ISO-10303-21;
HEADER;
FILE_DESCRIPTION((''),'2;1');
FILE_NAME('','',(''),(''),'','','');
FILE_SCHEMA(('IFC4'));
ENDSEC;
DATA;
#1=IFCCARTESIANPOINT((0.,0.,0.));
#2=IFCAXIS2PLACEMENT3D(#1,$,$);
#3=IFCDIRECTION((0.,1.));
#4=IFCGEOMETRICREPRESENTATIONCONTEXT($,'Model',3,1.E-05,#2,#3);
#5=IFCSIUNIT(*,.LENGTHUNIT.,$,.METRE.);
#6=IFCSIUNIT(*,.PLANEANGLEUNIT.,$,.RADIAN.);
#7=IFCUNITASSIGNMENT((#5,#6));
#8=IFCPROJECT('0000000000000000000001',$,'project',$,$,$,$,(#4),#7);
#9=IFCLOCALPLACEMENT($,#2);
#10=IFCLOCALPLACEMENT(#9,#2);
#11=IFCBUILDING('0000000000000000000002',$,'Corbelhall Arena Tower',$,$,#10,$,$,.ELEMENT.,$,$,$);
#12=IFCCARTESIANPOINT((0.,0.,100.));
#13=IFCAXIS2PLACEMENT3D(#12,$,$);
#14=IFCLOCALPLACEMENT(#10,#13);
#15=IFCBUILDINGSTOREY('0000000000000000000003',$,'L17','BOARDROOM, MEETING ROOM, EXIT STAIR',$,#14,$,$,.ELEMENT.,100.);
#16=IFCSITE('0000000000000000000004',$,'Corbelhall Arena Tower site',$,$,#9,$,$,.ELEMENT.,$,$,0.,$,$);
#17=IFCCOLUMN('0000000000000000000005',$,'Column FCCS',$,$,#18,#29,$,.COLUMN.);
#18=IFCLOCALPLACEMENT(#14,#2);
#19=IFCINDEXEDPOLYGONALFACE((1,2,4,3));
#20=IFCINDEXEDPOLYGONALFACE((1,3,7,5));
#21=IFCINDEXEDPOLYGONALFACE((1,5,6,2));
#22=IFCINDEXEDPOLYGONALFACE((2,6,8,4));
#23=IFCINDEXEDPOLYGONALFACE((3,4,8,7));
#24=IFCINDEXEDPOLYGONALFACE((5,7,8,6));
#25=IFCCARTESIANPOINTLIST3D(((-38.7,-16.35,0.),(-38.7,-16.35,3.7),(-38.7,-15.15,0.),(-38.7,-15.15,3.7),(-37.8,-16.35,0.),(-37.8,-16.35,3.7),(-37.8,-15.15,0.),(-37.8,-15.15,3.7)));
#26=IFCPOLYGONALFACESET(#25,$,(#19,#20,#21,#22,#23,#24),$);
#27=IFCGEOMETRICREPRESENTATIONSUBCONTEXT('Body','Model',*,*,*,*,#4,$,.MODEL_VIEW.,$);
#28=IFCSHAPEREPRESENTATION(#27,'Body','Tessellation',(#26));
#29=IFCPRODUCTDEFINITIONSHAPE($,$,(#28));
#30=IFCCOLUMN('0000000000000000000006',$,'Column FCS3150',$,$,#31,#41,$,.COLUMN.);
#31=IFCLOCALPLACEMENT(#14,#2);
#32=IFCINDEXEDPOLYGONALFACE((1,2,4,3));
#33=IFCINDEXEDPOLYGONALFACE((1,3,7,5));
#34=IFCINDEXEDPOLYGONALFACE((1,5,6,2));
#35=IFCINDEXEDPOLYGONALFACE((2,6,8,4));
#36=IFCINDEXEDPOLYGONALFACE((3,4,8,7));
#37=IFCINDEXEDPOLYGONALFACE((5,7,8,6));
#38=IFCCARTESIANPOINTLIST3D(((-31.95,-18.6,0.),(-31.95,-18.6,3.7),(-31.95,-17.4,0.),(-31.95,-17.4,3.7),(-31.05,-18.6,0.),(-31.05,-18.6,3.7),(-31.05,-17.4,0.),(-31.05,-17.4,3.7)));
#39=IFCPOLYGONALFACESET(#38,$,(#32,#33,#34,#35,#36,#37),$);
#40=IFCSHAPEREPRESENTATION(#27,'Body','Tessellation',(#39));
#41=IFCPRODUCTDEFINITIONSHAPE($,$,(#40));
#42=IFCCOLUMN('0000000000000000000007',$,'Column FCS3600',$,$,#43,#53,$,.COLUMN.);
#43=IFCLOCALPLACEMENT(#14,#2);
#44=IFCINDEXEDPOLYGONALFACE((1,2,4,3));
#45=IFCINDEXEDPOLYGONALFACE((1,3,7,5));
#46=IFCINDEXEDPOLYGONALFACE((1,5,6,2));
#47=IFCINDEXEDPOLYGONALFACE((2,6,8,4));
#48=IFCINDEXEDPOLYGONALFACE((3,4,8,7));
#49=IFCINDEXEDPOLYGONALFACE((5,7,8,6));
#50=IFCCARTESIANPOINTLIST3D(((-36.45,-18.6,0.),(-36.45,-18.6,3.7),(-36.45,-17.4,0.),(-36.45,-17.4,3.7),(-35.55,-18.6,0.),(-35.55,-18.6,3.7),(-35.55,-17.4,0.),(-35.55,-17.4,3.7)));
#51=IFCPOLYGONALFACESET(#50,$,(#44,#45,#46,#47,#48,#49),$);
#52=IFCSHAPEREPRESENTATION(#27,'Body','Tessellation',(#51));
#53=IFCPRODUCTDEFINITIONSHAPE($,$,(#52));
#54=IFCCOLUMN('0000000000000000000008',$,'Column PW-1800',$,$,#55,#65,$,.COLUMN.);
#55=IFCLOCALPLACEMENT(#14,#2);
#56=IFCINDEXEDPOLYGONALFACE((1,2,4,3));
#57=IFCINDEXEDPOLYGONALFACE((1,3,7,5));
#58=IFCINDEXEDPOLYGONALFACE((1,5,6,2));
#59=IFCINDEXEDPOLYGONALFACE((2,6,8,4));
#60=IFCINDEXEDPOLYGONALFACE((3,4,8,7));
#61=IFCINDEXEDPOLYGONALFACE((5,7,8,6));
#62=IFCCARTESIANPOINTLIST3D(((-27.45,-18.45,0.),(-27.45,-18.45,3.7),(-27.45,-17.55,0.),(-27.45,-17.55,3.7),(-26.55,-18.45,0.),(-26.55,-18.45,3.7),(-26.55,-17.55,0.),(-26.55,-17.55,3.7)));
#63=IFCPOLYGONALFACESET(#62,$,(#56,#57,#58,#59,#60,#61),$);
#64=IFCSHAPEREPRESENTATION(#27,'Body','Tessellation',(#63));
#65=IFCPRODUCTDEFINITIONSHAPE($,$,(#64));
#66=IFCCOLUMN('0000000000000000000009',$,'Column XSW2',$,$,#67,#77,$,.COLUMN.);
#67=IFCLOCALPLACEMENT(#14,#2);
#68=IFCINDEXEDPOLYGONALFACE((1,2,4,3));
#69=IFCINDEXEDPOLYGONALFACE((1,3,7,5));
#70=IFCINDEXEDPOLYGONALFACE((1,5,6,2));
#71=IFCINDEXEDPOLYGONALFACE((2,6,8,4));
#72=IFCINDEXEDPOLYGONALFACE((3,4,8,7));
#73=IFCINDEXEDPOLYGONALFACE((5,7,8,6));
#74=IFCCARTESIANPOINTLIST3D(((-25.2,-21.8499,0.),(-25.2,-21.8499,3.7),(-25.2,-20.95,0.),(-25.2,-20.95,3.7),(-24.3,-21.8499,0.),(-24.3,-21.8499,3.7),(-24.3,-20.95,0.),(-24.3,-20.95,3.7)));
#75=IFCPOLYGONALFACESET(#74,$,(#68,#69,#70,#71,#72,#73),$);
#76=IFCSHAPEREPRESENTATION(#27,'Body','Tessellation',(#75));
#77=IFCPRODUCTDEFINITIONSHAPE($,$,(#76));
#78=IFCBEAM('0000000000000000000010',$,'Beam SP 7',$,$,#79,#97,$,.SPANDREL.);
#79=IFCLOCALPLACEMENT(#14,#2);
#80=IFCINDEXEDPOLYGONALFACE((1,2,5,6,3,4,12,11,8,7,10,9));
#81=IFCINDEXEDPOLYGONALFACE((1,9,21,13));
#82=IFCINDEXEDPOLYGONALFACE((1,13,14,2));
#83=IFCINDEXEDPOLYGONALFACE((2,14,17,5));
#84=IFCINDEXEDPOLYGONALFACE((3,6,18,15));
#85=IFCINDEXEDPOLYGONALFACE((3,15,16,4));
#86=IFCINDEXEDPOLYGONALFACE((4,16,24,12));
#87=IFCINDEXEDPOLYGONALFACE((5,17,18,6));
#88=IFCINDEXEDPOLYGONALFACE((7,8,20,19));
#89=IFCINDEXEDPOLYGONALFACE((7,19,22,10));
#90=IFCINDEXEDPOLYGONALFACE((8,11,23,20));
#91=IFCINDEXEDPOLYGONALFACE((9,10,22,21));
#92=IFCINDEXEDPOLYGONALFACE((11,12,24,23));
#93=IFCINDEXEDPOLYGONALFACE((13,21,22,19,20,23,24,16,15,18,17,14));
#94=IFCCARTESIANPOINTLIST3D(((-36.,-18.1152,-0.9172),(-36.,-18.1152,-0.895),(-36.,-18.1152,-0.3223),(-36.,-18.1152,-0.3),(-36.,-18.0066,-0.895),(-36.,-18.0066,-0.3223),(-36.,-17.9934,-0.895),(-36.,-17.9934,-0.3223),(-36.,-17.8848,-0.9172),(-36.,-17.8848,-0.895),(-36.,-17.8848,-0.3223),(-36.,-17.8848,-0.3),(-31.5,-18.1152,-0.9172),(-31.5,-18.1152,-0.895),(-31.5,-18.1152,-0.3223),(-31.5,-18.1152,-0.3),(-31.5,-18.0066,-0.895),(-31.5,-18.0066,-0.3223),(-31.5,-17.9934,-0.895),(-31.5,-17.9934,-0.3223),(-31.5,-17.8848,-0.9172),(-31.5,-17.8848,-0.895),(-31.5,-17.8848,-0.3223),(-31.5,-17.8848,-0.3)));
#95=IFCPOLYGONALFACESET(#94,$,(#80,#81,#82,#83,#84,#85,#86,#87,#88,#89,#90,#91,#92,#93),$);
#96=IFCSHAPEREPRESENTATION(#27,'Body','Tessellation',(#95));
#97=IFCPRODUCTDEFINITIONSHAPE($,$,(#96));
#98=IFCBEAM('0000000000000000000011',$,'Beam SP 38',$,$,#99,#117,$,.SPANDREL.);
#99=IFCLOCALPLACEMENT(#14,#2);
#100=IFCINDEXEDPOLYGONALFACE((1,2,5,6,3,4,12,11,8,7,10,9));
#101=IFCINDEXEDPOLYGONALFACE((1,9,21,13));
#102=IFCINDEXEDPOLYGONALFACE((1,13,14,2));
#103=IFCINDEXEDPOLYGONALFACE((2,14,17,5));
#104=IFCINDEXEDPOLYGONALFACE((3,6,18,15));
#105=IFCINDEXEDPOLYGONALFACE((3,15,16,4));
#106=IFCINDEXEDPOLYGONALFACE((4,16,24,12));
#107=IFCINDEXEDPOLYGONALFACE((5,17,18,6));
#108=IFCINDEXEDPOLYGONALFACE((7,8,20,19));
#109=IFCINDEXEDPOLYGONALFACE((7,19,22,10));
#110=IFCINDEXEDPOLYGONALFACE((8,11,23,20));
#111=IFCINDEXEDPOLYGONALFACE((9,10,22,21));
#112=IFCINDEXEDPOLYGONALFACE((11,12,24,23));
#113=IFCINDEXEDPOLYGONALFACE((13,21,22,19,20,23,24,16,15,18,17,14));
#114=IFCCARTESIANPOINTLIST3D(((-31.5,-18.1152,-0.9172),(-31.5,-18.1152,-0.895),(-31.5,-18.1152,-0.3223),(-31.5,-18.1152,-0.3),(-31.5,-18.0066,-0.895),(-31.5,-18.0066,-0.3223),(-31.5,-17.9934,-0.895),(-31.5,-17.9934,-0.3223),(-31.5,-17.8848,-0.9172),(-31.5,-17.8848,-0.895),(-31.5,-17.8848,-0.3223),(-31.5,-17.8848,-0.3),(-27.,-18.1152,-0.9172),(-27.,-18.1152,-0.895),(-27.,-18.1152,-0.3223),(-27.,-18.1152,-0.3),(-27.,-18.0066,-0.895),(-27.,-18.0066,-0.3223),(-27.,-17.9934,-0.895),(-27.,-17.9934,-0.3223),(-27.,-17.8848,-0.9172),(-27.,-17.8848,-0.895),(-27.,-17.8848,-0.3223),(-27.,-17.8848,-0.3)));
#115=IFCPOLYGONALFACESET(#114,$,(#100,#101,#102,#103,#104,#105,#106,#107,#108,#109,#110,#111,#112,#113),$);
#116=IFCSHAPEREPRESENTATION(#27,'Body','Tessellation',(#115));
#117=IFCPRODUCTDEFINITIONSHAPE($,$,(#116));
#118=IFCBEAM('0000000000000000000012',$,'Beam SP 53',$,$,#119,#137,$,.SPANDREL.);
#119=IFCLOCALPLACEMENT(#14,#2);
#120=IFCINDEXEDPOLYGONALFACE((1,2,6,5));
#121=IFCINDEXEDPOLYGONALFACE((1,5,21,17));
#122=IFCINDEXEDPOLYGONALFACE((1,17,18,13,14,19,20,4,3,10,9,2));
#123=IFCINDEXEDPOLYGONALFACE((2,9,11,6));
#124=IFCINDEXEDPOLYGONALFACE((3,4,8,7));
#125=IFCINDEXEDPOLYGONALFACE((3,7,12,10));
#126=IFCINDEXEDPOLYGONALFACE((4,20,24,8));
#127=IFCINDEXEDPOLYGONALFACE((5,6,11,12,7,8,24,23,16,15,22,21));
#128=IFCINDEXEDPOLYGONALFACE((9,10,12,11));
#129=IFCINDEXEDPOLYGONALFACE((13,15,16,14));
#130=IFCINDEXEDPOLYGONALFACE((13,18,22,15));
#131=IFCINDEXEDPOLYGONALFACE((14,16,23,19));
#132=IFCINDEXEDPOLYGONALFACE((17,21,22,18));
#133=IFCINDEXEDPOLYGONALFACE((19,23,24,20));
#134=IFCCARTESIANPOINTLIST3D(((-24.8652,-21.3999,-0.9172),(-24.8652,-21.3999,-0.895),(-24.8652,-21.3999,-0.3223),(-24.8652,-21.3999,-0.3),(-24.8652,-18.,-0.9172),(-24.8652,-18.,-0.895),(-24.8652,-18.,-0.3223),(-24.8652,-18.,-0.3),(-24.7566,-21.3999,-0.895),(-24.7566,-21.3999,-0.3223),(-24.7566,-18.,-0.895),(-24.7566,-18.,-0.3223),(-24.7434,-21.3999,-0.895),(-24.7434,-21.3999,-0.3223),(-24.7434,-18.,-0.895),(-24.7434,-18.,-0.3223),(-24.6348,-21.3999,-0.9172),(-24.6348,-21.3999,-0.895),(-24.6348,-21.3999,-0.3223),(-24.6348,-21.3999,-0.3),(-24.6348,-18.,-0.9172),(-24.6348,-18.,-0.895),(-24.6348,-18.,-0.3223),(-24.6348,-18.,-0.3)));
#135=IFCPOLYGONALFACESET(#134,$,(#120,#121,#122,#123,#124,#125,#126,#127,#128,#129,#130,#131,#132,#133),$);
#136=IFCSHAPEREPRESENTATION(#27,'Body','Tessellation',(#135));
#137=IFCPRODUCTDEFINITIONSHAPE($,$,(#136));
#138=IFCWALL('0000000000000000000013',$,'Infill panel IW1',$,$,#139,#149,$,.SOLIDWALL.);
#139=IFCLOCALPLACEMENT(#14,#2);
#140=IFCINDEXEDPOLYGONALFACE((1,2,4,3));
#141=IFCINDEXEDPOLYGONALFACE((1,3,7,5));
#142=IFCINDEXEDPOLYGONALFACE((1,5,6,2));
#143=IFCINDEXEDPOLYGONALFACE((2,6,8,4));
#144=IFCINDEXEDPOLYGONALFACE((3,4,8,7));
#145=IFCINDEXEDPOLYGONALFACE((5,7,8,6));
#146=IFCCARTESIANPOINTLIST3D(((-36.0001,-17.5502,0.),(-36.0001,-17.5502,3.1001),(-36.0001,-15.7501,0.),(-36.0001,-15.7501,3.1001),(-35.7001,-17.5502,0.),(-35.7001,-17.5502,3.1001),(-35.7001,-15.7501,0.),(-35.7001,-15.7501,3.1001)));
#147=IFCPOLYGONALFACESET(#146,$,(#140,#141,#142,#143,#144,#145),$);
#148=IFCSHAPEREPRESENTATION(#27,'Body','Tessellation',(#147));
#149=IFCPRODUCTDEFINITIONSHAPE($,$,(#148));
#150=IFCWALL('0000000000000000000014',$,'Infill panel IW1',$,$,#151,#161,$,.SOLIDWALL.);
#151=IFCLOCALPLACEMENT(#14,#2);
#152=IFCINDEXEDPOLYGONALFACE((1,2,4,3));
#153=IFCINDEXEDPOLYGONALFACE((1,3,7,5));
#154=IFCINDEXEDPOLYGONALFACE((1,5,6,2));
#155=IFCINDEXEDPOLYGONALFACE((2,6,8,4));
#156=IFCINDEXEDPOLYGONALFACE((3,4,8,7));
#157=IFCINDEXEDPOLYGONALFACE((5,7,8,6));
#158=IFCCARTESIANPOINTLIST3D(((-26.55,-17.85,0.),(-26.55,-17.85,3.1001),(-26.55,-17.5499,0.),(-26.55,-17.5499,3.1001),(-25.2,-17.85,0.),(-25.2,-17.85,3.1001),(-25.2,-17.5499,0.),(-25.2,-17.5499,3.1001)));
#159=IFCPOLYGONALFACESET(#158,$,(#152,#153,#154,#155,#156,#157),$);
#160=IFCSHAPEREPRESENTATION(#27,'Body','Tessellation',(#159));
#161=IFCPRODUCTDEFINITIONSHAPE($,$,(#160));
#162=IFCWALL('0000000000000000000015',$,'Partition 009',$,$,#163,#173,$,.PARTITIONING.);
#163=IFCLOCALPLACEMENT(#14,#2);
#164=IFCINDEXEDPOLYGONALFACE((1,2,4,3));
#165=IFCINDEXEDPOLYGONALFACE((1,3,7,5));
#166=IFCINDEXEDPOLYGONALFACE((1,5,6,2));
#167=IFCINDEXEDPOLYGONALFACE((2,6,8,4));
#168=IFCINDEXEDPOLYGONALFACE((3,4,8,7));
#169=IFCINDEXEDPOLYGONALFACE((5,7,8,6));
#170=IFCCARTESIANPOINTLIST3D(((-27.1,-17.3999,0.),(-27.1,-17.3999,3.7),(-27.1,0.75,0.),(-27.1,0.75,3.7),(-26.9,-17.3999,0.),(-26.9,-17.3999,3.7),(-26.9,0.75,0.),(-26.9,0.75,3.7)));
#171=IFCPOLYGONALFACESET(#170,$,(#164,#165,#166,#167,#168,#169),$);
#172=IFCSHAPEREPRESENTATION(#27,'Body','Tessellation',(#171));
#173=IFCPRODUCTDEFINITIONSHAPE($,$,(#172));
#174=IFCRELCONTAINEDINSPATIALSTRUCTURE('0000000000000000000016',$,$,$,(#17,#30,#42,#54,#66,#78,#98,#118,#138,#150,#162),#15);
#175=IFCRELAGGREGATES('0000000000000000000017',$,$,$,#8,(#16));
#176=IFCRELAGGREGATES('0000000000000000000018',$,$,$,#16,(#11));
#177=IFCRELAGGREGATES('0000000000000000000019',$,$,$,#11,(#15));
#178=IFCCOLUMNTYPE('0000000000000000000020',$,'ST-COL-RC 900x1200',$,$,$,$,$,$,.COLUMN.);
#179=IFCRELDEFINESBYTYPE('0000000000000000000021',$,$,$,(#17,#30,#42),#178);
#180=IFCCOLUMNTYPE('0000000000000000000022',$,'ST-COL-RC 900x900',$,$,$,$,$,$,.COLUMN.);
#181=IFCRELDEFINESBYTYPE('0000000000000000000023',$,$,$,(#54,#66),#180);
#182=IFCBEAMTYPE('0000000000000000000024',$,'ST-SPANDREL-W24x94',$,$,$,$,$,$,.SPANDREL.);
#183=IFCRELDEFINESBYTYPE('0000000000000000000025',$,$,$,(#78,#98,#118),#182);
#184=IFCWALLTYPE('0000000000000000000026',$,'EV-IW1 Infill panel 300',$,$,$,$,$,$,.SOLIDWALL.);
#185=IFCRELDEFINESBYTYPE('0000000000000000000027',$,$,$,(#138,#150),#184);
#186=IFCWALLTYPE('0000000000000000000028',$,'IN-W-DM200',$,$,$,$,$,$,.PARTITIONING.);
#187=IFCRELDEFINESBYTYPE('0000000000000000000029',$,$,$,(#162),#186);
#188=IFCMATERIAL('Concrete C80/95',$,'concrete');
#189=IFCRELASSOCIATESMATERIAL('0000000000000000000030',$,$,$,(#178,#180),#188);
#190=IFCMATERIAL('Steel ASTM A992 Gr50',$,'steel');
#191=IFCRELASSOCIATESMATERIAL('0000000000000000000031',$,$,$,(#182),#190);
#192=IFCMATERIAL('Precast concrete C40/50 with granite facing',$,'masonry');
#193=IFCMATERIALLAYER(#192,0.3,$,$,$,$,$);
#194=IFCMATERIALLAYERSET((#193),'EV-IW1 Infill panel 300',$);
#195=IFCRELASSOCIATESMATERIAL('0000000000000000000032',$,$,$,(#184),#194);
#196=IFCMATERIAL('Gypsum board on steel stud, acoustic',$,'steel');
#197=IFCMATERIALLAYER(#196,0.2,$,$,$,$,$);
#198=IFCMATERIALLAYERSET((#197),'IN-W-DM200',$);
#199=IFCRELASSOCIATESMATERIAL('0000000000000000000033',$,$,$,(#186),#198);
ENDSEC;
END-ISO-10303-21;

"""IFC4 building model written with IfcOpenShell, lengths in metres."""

from ifc_helpers import new_model, si_unit, direction, frame, frame_2d, origin, origin_2d, place, context, subcontext, project, spatial, rectangle, i_section, extrude, material, layer, layer_set, material_profile, profile_set, type_object, element, save


model = new_model("IFC4")

# Units and contexts
model_context = context("Model", 3, precision=1e-05, world=origin(), true_north=direction((0.0, 1.0)))
body_context = subcontext(model_context, "Body", "Model", "MODEL_VIEW")
ifc_project = project(units=[si_unit("LENGTHUNIT", "METRE"), si_unit("PLANEANGLEUNIT", "RADIAN")], contexts=[model_context])

# Site, building, storey
site_placement = place(None, origin())
site = spatial("IfcSite", under=ifc_project, at=site_placement, Name="Corbelhall Arena Tower site", CompositionType="ELEMENT", RefElevation=0.0)
building_placement = place(site_placement, origin())
building = spatial("IfcBuilding", under=site, at=building_placement, Name="Corbelhall Arena Tower", CompositionType="ELEMENT")
storey_placement = place(building_placement, frame((0.0, 0.0, 100.0)))
storey = spatial("IfcBuildingStorey", under=building, at=storey_placement, Name="L17", Description="BOARDROOM, MEETING ROOM, EXIT STAIR", CompositionType="ELEMENT", Elevation=100.0)

# Columns
ifc_material_1 = material(Name="Concrete C80/95", Category="concrete")
ifc_material_profile_1 = material_profile(ifc_material_1, rectangle(XDim=0.8999, YDim=1.2, at=origin_2d()))
ifc_profile_set_1 = profile_set([ifc_material_profile_1], Name="Concrete C80/95")
column_type_1 = type_object("IfcColumnType", Name="ST-COL-RC 900x1200", PredefinedType="COLUMN", material=ifc_profile_set_1)
for number, where, z_axis, x_axis, name in (
    (1, (-38.25, -15.75, 0.0), (0.0, 0.0, 1.0), (1.0, 0.0, 0.0), "Column FCCS"),
    (2, (-31.5, -18.0, 0.0), (0.0, 0.0, 1.0), (1.0, 0.0, 0.0), "Column FCS3150"),
    (3, (-36.0, -18.0, 0.0), (0.0, 0.0, 1.0), (1.0, 0.0, 0.0), "Column FCS3600"),
):
    element("IfcColumn", number, at=place(storey_placement, frame(where, z_axis=z_axis, x_axis=x_axis)), inside=storey, type_object=column_type_1, Name=name, PredefinedType="COLUMN", context=body_context, shape_type="SweptSolid", body=[
        extrude(rectangle(XDim=0.8999, YDim=1.2, at=origin_2d()), origin(), (0.0, 0.0, 1.0), 3.7),
    ])
ifc_material_profile_2 = material_profile(ifc_material_1, rectangle(XDim=0.8999, YDim=0.8999, at=origin_2d()))
ifc_profile_set_2 = profile_set([ifc_material_profile_2], Name="Concrete C80/95")
column_type_2 = type_object("IfcColumnType", Name="ST-COL-RC 900x900", PredefinedType="COLUMN", material=ifc_profile_set_2)
for number, where, z_axis, x_axis, name in (
    (4, (-27.0, -18.0, 0.0), (0.0, 0.0, 1.0), (1.0, 0.0, 0.0), "Column PW-1800"),
    (5, (-24.75, -21.3999, 0.0), (0.0, 0.0, 1.0), (1.0, 0.0, 0.0), "Column XSW2"),
):
    element("IfcColumn", number, at=place(storey_placement, frame(where, z_axis=z_axis, x_axis=x_axis)), inside=storey, type_object=column_type_2, Name=name, PredefinedType="COLUMN", context=body_context, shape_type="SweptSolid", body=[
        extrude(rectangle(XDim=0.8999, YDim=0.8999, at=origin_2d()), origin(), (0.0, 0.0, 1.0), 3.7),
    ])

# Beams
ifc_material_2 = material(Name="Steel ASTM A992 Gr50", Category="steel")
ifc_material_profile_3 = material_profile(ifc_material_2, i_section(OverallWidth=0.2305, OverallDepth=0.6172, WebThickness=0.0132, FlangeThickness=0.0222, at=origin_2d()))
ifc_profile_set_3 = profile_set([ifc_material_profile_3], Name="Steel ASTM A992 Gr50")
beam_type = type_object("IfcBeamType", Name="ST-SPANDREL-W24x94", PredefinedType="SPANDREL", material=ifc_profile_set_3)
for number, where, z_axis, x_axis, name in (
    (6, (-31.5, -18.0, -0.6086), (-1.0, 0.0, 0.0), (0.0, -1.0, 0.0), "Beam SP 7"),
    (7, (-27.0, -18.0, -0.6086), (-1.0, 0.0, 0.0), (0.0, -1.0, 0.0), "Beam SP 38"),
):
    element("IfcBeam", number, at=place(storey_placement, frame(where, z_axis=z_axis, x_axis=x_axis)), inside=storey, type_object=beam_type, Name=name, PredefinedType="SPANDREL", context=body_context, shape_type="SweptSolid", body=[
        extrude(i_section(OverallWidth=0.2305, OverallDepth=0.6172, WebThickness=0.0132, FlangeThickness=0.0222, at=origin_2d()), origin(), (0.0, 0.0, 1.0), 4.5),
    ])
beam_placement = place(storey_placement, frame((-24.75, -21.3999, -0.6086), z_axis=(0.0, 1.0, 0.0), x_axis=(-1.0, 0.0, 0.0)))
element("IfcBeam", 8, at=beam_placement, inside=storey, type_object=beam_type, Name="Beam SP 53", PredefinedType="SPANDREL", context=body_context, shape_type="SweptSolid", body=[
    extrude(i_section(OverallWidth=0.2305, OverallDepth=0.6172, WebThickness=0.0132, FlangeThickness=0.0222, at=origin_2d()), origin(), (0.0, 0.0, 1.0), 3.3999),
])

# Wall
ifc_material_3 = material(Name="Precast concrete C40/50 with granite facing", Category="masonry")
ifc_layer_1 = layer(ifc_material_3, 0.3)
ifc_layer_set_1 = layer_set([ifc_layer_1], Name="EV-IW1 Infill panel 300")
wall_type_1 = type_object("IfcWallType", Name="EV-IW1 Infill panel 300", PredefinedType="SOLIDWALL", material=ifc_layer_set_1)
wall_1_placement = place(storey_placement, frame((-35.8501, -17.55, 0.0), z_axis=(0.0, 0.0, 1.0), x_axis=(0.0, 1.0, 0.0)))
element("IfcWall", 9, at=wall_1_placement, inside=storey, type_object=wall_type_1, Name="Infill panel IW1", PredefinedType="SOLIDWALL", context=body_context, shape_type="SweptSolid", body=[
    extrude(rectangle(XDim=1.8, YDim=0.3, at=frame_2d((0.8999, 0.0))), origin(), (0.0, 0.0, 1.0), 3.1001),
])

# Walls
wall_2_placement = place(storey_placement, frame((-26.55, -17.7, 0.0), z_axis=(0.0, 0.0, 1.0), x_axis=(1.0, 0.0, 0.0)))
element("IfcWall", 10, at=wall_2_placement, inside=storey, type_object=wall_type_1, Name="Infill panel IW1", PredefinedType="SOLIDWALL", context=body_context, shape_type="SweptSolid", body=[
    extrude(rectangle(XDim=1.3501, YDim=0.3, at=frame_2d((0.675, 0.0))), origin(), (0.0, 0.0, 1.0), 3.1001),
])
ifc_material_4 = material(Name="Gypsum board on steel stud, acoustic", Category="steel")
ifc_layer_2 = layer(ifc_material_4, 0.2)
ifc_layer_set_2 = layer_set([ifc_layer_2], Name="IN-W-DM200")
wall_type_2 = type_object("IfcWallType", Name="IN-W-DM200", PredefinedType="PARTITIONING", material=ifc_layer_set_2)
wall_3_placement = place(storey_placement, frame((-27.0, -17.3999, 0.0), z_axis=(0.0, 0.0, 1.0), x_axis=(0.0, 1.0, 0.0)))
element("IfcWall", 11, at=wall_3_placement, inside=storey, type_object=wall_type_2, Name="Partition 009", PredefinedType="PARTITIONING", context=body_context, shape_type="SweptSolid", body=[
    extrude(rectangle(XDim=18.1499, YDim=0.2, at=frame_2d((9.075, 0.0))), origin(), (0.0, 0.0, 1.0), 3.7),
])

save(model, "model.ifc")
